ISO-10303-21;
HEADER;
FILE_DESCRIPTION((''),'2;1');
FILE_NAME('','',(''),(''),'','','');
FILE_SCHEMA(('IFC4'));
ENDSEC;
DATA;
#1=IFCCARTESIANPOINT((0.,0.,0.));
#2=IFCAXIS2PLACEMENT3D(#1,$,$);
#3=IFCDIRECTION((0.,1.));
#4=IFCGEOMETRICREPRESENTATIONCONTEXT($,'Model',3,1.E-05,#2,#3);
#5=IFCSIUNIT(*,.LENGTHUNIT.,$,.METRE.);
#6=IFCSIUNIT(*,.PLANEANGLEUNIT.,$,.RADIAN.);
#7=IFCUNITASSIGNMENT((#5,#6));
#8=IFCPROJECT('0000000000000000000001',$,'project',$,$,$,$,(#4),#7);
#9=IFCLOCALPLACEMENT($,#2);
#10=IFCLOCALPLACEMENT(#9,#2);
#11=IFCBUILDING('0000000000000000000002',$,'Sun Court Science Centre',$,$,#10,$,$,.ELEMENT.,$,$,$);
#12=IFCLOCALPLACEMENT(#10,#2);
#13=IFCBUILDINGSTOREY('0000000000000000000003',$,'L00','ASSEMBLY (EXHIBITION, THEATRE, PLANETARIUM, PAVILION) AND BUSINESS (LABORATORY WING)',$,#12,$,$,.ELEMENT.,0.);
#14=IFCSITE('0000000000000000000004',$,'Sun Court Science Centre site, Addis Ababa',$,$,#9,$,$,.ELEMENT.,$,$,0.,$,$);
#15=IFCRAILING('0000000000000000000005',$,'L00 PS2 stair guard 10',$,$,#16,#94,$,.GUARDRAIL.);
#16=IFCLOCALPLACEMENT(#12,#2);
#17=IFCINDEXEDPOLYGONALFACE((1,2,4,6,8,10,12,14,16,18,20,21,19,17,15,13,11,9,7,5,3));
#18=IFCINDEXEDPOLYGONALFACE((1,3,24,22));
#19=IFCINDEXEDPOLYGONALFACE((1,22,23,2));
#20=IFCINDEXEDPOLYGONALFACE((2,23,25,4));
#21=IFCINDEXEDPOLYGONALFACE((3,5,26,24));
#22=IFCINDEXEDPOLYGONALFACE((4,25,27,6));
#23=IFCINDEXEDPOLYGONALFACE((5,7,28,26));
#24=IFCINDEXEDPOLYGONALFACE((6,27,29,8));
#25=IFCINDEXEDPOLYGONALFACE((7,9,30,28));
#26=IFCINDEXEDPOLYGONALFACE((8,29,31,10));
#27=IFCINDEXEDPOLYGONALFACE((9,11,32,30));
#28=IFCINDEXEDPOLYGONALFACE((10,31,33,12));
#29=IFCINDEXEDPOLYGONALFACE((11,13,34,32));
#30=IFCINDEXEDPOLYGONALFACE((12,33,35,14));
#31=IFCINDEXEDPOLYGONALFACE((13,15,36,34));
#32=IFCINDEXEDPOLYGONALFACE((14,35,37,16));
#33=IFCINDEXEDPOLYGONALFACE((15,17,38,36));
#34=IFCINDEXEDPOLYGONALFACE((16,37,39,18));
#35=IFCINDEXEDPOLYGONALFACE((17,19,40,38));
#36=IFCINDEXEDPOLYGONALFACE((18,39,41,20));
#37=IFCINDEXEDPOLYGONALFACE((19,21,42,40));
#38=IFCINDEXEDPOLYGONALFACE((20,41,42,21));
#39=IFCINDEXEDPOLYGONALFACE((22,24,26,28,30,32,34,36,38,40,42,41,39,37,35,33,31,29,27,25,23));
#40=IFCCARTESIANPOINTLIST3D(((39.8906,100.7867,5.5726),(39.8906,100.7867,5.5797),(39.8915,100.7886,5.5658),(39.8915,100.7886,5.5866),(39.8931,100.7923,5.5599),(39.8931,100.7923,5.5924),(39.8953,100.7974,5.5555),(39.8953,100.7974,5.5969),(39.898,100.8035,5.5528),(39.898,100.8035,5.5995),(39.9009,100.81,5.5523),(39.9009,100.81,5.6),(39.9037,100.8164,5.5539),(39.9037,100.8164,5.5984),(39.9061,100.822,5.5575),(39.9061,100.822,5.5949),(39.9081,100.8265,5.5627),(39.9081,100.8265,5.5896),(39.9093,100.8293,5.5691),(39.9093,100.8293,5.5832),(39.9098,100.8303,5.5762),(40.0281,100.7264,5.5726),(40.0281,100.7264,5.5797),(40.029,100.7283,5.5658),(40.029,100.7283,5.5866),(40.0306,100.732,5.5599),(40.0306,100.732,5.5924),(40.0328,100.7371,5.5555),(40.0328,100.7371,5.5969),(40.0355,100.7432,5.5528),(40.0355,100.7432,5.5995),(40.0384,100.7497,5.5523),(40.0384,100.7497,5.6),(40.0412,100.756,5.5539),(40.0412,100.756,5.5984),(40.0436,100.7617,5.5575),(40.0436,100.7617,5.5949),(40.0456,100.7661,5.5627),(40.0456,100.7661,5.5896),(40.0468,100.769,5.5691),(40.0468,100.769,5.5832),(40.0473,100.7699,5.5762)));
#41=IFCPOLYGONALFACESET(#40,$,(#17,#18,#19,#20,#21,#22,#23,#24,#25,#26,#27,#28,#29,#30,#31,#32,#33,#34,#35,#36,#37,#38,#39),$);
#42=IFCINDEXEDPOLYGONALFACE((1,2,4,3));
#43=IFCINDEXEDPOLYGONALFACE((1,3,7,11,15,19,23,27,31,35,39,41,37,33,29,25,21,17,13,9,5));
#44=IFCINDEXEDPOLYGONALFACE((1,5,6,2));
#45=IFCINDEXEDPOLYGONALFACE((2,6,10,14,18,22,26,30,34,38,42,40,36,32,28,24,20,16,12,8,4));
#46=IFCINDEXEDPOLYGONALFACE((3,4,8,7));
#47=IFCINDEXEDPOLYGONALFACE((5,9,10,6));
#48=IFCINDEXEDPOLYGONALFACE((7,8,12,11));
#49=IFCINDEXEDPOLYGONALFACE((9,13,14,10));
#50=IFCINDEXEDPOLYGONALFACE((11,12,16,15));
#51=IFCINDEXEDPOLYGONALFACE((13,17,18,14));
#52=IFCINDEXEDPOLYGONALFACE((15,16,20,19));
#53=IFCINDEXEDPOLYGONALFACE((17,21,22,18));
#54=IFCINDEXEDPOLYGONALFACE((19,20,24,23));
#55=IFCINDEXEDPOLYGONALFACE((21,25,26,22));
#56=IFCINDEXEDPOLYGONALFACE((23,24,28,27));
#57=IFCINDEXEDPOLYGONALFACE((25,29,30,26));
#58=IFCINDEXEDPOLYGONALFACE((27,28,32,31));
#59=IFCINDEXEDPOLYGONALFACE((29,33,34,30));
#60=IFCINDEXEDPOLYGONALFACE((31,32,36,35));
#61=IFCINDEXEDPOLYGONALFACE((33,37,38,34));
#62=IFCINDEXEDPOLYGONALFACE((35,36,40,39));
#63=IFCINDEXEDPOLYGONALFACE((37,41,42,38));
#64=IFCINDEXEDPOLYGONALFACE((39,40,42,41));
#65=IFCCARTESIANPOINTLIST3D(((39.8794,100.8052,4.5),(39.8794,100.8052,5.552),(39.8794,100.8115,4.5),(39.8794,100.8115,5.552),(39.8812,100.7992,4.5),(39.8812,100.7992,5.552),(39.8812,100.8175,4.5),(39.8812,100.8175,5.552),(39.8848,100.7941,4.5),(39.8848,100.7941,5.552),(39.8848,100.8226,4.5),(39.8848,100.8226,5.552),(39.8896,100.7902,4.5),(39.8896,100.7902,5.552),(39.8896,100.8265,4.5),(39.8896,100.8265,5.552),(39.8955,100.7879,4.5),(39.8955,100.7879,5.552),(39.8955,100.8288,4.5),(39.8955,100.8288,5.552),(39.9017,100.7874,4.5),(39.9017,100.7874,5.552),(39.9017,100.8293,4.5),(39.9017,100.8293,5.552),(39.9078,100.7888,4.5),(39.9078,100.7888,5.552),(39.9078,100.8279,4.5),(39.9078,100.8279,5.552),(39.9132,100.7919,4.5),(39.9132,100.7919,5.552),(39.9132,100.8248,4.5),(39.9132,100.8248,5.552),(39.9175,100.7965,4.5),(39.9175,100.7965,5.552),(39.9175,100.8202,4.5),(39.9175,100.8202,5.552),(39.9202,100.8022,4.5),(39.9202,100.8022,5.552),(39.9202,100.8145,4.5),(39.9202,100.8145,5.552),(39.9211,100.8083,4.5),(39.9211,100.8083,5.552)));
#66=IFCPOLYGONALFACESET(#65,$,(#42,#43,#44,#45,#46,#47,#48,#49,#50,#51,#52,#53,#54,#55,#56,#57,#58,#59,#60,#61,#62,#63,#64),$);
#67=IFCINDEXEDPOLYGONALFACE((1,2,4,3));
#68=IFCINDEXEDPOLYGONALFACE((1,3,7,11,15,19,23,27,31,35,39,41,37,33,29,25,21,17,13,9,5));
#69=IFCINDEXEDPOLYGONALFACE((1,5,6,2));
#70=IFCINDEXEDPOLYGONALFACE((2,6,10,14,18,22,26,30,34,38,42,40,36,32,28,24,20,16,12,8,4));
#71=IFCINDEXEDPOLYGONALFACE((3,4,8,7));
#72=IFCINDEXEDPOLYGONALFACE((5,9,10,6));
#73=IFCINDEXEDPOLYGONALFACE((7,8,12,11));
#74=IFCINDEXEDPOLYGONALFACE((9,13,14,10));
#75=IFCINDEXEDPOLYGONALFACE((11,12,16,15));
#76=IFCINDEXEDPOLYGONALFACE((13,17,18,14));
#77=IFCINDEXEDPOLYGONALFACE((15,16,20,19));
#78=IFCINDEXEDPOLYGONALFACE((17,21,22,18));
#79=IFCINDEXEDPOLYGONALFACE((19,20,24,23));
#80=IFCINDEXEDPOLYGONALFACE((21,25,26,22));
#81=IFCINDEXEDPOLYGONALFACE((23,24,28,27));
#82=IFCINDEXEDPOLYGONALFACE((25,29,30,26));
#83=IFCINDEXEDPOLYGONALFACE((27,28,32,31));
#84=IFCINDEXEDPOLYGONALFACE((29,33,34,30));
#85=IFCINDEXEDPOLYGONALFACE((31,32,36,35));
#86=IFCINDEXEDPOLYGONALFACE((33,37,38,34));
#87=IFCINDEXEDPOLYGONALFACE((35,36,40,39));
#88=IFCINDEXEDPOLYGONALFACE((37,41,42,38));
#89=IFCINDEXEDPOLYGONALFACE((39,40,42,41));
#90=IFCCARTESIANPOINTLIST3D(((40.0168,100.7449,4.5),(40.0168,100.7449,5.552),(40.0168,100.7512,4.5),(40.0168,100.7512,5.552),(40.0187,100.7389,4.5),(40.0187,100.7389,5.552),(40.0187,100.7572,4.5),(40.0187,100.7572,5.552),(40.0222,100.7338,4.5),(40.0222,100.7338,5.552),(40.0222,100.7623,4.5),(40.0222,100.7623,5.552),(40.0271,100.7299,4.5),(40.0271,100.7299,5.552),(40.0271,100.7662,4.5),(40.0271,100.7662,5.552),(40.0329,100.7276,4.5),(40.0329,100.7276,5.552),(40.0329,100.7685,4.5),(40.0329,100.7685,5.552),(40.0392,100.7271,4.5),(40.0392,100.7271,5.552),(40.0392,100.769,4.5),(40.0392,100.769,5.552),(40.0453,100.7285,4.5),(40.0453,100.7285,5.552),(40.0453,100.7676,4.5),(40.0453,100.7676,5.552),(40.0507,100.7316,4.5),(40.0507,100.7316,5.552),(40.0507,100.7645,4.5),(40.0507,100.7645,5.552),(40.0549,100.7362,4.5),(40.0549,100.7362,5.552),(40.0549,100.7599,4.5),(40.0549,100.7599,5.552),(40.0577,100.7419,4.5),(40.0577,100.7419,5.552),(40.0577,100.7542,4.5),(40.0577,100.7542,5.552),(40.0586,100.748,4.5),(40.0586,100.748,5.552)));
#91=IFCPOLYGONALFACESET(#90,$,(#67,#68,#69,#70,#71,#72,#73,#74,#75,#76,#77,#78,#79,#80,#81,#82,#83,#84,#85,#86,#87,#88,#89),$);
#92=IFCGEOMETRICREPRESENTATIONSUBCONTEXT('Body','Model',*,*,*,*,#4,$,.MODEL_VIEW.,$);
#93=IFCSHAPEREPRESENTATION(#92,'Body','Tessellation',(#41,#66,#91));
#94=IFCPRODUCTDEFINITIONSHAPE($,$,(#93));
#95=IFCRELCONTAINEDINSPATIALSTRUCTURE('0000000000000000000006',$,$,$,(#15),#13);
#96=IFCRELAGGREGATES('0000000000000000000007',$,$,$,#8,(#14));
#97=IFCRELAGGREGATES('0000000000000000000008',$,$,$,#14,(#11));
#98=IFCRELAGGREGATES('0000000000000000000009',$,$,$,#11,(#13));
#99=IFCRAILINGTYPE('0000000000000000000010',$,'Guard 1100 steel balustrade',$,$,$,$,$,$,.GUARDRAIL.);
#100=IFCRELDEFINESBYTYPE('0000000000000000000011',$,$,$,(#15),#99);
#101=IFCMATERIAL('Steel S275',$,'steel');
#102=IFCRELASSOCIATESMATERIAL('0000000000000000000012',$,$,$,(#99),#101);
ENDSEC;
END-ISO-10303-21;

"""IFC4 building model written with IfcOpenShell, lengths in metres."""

from ifc_helpers import new_model, si_unit, direction, frame, origin, origin_2d, place, context, subcontext, project, spatial, circle, extrude, material, type_object, element, save


model = new_model("IFC4")

# Units and contexts
model_context = context("Model", 3, precision=1e-05, world=origin(), true_north=direction((0.0, 1.0)))
body_context = subcontext(model_context, "Body", "Model", "MODEL_VIEW")
ifc_project = project(units=[si_unit("LENGTHUNIT", "METRE"), si_unit("PLANEANGLEUNIT", "RADIAN")], contexts=[model_context])

# Site, building, storey
site_placement = place(None, origin())
site = spatial("IfcSite", under=ifc_project, at=site_placement, Name="Sun Court Science Centre site, Addis Ababa", CompositionType="ELEMENT", RefElevation=0.0)
building_placement = place(site_placement, origin())
building = spatial("IfcBuilding", under=site, at=building_placement, Name="Sun Court Science Centre", CompositionType="ELEMENT")
storey_placement = place(building_placement, origin())
storey = spatial("IfcBuildingStorey", under=building, at=storey_placement, Name="L00", Description="ASSEMBLY (EXHIBITION, THEATRE, PLANETARIUM, PAVILION) AND BUSINESS (LABORATORY WING)", CompositionType="ELEMENT", Elevation=0.0)

# Railing
ifc_material_1 = material(Name="Steel S275", Category="steel")
railing_type_1 = type_object("IfcRailingType", Name="Guard 1100 steel balustrade", PredefinedType="GUARDRAIL", material=ifc_material_1)
railing_1_placement = place(storey_placement, frame((39.9001, 100.8083, 4.5)))
element("IfcRailing", 1, at=railing_1_placement, inside=storey, type_object=railing_type_1, Name="L00 PS2 stair guard 10", PredefinedType="GUARDRAIL", context=body_context, shape_type="SweptSolid", body=[
    extrude(circle(Radius=0.0239, at=origin_2d()), frame((0.0, 0.0, 1.0762), z_axis=(0.915746, -0.401757, 0.0), x_axis=(0.401757, 0.915746, 0.0)), (0.0, 0.0, 1.0), 0.1501),
    extrude(circle(Radius=0.021, at=origin_2d()), origin(), (0.0, 0.0, 1.0), 1.052),
    extrude(circle(Radius=0.021, at=origin_2d()), frame((0.1375, -0.0603, 0.0)), (0.0, 0.0, 1.0), 1.052),
])

save(model, "model.ifc")
